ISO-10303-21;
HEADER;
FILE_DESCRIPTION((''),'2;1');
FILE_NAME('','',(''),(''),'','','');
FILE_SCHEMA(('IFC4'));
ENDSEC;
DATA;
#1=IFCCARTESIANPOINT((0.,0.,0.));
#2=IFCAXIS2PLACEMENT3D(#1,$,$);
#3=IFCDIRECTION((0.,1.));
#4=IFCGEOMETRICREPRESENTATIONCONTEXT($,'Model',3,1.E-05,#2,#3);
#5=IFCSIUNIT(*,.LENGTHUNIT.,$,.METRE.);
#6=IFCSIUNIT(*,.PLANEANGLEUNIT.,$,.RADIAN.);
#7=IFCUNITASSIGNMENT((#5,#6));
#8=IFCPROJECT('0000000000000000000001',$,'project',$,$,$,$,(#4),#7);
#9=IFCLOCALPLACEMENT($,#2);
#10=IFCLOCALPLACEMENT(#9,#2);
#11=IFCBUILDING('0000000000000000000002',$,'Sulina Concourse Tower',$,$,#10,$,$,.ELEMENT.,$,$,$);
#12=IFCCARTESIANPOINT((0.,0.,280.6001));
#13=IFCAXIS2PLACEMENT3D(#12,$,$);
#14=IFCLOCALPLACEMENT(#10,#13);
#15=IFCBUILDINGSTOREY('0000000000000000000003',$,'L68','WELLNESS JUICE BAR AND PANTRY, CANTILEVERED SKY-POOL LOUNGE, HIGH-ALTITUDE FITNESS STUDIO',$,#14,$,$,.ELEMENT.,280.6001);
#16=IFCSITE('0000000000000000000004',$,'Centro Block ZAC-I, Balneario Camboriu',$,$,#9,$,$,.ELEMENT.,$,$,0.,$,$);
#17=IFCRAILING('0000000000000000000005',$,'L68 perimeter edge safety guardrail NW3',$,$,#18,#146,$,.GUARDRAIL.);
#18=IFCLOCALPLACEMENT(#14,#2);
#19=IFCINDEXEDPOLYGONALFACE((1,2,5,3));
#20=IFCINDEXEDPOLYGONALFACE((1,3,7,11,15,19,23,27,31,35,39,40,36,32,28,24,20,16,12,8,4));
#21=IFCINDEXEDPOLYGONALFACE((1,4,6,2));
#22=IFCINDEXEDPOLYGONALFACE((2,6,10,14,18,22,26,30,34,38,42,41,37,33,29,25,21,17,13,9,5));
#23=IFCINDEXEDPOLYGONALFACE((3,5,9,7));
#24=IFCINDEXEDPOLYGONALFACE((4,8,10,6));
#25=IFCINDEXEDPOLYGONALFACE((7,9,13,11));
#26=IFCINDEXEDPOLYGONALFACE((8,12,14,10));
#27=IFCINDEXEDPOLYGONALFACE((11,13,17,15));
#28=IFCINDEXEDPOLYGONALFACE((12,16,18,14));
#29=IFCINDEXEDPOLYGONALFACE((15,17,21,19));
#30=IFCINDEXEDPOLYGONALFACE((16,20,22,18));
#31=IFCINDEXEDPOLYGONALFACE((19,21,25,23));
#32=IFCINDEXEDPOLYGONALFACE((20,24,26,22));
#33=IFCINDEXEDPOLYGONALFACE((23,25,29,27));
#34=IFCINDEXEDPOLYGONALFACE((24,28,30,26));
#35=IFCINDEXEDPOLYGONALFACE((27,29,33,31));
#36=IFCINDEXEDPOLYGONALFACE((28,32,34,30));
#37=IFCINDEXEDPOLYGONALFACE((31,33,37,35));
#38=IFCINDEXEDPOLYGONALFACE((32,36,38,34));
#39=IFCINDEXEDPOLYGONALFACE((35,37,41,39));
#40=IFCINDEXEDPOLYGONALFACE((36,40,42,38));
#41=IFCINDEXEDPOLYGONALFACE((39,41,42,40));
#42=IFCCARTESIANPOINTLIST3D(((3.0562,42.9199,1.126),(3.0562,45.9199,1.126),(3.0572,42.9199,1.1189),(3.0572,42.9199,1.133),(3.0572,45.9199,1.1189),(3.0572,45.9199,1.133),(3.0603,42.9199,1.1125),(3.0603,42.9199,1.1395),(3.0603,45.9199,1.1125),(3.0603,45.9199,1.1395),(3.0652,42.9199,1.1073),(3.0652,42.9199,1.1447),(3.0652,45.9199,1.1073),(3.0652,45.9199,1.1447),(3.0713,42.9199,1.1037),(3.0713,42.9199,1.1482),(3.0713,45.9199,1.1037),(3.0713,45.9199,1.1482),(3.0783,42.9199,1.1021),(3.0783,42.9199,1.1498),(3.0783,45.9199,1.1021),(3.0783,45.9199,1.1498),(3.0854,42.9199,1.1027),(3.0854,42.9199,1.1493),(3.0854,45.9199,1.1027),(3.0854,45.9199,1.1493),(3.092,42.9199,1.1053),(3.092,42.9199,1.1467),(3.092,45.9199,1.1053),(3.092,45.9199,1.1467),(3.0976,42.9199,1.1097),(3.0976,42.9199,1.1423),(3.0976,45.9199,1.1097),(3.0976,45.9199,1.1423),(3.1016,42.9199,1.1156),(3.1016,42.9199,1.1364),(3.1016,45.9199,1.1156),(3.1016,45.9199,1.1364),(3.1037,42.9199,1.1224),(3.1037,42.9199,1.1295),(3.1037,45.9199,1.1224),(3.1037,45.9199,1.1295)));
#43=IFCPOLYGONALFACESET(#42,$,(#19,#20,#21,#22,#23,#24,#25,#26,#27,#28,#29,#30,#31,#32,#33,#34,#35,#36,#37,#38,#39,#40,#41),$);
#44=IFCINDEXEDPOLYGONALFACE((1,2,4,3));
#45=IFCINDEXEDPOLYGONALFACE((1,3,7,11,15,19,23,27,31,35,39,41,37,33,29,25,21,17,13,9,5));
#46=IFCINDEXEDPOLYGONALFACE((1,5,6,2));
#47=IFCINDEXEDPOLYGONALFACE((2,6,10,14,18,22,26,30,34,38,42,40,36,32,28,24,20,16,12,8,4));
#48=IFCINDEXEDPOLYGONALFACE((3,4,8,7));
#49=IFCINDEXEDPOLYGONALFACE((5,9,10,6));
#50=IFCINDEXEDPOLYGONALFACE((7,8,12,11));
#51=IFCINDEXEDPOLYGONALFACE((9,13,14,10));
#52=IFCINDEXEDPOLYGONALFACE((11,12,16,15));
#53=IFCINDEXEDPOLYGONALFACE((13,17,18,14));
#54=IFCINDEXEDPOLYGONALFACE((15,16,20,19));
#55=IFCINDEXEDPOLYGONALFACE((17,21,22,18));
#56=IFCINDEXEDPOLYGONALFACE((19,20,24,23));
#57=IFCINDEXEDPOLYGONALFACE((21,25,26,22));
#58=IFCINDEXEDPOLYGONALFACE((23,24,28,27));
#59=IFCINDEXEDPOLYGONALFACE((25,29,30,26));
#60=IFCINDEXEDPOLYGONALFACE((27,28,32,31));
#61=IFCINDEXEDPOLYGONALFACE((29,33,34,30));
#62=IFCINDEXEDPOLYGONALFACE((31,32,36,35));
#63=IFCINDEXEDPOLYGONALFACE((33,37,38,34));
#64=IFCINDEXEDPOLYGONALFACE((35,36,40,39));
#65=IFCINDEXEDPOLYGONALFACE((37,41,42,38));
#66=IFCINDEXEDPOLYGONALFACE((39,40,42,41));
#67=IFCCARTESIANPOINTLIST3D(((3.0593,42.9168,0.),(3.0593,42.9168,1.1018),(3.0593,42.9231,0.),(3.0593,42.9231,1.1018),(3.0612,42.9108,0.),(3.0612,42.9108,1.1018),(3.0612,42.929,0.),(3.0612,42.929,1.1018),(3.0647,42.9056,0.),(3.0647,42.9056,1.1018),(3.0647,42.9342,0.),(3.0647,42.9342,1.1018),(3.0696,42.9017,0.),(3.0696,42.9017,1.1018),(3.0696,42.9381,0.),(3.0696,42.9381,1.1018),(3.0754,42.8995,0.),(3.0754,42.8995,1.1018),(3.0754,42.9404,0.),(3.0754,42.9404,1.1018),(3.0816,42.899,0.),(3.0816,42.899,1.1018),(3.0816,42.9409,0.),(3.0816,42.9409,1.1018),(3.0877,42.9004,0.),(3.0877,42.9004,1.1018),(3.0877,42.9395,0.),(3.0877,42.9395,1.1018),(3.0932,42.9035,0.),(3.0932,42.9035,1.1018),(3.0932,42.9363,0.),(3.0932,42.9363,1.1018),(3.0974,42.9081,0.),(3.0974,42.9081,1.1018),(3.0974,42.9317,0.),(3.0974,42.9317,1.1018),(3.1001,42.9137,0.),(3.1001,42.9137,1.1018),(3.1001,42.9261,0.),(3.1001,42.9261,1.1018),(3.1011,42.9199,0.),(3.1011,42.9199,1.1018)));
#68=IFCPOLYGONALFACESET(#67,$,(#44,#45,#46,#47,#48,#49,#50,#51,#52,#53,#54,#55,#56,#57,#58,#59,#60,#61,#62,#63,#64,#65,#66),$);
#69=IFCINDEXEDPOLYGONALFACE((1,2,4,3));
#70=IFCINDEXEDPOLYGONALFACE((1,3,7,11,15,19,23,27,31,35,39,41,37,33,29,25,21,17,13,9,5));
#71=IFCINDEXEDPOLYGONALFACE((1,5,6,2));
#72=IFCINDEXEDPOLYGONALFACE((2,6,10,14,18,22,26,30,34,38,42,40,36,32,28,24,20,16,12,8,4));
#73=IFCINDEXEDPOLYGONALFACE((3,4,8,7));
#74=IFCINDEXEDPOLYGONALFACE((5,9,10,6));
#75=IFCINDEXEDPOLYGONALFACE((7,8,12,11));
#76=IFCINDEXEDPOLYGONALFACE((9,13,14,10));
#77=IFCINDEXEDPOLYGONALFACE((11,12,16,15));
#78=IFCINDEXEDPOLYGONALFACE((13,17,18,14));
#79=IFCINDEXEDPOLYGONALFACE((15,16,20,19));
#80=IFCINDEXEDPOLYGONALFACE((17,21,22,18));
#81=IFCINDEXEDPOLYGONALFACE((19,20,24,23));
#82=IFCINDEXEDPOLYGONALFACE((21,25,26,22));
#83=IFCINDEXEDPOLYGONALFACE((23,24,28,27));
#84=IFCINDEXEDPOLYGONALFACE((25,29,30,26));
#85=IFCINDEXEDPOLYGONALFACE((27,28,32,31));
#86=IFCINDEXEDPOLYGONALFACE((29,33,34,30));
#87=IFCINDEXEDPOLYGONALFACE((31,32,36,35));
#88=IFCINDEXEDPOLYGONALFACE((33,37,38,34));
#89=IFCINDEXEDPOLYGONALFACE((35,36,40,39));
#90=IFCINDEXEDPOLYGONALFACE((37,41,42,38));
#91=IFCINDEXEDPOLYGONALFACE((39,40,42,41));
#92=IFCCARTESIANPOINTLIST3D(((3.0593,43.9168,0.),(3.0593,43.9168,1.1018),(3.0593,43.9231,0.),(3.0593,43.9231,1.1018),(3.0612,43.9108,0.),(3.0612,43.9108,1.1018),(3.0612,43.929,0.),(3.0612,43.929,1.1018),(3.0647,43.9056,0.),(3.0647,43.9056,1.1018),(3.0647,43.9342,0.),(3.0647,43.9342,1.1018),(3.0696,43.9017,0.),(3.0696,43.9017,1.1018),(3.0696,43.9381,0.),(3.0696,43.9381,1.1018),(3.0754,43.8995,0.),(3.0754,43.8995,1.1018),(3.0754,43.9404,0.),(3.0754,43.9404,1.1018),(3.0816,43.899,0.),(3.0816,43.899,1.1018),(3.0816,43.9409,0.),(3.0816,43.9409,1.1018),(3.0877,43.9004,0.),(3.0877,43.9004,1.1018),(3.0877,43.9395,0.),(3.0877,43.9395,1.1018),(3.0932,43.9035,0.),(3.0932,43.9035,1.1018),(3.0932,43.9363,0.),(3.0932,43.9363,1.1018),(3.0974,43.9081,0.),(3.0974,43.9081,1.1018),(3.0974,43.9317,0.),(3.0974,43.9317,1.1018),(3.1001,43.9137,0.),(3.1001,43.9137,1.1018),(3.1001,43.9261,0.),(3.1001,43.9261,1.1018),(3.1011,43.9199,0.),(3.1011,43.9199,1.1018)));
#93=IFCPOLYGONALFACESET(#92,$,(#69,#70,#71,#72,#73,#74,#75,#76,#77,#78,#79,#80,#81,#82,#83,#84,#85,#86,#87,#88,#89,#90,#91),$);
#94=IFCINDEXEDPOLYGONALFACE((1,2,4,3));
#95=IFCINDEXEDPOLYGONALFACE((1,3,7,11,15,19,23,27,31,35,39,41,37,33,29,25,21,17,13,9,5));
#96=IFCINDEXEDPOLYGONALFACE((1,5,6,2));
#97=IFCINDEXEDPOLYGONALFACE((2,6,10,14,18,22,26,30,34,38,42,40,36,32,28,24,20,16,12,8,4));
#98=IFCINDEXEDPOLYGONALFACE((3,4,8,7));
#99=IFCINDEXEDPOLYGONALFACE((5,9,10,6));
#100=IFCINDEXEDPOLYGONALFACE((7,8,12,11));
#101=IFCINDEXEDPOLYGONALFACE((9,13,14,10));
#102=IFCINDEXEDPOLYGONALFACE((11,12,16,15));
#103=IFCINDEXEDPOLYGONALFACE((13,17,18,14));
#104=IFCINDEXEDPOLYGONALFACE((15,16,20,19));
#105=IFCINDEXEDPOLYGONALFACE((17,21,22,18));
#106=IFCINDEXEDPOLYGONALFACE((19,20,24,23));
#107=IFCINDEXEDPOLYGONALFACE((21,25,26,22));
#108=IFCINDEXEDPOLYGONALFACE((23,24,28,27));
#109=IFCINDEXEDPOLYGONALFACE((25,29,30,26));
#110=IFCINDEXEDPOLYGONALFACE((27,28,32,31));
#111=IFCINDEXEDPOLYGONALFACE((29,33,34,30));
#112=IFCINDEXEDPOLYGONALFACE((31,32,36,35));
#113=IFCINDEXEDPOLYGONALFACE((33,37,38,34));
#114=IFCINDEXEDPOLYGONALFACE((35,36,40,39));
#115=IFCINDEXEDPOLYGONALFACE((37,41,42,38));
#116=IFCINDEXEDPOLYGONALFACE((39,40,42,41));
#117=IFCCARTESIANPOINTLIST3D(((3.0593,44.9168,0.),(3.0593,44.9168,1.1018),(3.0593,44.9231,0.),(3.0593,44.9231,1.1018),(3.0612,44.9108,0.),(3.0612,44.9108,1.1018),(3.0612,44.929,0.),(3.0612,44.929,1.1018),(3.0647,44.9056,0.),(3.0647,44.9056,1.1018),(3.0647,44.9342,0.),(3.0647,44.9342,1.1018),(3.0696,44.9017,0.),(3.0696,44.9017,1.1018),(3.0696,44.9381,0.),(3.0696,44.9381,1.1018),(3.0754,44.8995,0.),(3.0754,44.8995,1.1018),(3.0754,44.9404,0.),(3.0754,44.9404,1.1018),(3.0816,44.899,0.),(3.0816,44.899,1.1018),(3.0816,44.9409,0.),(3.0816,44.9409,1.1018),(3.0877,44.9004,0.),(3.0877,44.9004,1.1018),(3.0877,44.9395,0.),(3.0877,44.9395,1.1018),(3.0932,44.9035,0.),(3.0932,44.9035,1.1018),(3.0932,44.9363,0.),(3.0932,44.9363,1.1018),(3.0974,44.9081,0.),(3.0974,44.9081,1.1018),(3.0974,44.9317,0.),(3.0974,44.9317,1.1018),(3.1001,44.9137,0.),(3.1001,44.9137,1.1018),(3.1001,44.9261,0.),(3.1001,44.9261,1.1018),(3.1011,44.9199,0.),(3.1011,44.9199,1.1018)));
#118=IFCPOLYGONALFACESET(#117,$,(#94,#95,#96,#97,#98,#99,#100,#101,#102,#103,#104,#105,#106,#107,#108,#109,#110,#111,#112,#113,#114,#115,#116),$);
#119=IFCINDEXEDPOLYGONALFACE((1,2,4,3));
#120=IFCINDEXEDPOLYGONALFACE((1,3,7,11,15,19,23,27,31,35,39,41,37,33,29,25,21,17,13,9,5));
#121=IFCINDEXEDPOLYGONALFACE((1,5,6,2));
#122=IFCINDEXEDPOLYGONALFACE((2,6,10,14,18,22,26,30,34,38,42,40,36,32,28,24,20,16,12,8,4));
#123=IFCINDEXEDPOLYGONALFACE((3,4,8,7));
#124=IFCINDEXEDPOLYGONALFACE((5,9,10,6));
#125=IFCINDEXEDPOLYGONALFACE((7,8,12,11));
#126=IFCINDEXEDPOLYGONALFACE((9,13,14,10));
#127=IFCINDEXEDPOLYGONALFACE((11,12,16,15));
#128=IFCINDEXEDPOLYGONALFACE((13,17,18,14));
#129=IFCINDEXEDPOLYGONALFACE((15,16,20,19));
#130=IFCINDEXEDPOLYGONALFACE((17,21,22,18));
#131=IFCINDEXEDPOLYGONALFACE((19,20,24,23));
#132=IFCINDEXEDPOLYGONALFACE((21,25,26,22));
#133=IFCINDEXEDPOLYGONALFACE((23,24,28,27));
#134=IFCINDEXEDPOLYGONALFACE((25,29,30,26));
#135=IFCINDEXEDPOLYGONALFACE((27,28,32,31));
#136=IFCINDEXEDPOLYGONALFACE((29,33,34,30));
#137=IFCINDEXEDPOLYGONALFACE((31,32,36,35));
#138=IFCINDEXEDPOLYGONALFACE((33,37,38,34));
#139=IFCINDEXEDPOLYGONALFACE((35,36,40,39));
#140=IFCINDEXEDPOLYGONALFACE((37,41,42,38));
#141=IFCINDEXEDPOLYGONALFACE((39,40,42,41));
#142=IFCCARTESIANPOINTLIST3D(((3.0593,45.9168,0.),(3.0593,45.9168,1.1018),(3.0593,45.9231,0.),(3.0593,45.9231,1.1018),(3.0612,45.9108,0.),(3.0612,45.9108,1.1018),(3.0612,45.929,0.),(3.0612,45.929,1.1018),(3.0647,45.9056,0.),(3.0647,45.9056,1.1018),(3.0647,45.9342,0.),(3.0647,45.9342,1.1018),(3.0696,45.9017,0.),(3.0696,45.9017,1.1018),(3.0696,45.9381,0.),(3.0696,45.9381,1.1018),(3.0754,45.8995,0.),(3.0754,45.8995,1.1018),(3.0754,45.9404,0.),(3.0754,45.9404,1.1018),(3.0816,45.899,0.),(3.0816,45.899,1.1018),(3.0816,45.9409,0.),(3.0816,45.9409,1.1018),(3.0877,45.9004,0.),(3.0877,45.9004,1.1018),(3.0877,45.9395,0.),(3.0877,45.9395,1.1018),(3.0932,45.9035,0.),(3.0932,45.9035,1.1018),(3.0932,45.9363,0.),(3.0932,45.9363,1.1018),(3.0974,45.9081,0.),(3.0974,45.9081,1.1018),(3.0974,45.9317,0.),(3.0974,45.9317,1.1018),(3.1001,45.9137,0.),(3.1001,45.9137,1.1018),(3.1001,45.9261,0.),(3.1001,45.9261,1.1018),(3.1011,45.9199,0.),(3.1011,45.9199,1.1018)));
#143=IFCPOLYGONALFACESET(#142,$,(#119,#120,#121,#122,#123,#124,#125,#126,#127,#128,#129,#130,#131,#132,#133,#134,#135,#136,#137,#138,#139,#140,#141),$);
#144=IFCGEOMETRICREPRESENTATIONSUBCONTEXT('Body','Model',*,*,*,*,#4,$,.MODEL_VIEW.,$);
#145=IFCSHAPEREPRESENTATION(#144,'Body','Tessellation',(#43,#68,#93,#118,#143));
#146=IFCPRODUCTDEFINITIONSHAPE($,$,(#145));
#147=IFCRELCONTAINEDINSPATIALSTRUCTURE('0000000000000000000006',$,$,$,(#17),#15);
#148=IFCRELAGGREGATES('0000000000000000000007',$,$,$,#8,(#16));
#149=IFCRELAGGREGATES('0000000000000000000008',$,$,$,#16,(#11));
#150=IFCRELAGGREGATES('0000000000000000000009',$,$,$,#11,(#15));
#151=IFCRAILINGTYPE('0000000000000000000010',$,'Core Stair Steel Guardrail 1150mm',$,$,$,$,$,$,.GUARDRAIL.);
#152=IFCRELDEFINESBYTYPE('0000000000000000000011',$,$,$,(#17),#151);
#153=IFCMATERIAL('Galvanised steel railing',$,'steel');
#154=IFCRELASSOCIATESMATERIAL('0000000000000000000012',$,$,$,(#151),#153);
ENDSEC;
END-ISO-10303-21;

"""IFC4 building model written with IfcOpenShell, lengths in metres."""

from ifc_helpers import new_model, si_unit, direction, frame, origin, origin_2d, place, context, subcontext, project, spatial, circle, extrude, material, type_object, element, save


model = new_model("IFC4")

# Units and contexts
model_context = context("Model", 3, precision=1e-05, world=origin(), true_north=direction((0.0, 1.0)))
body_context = subcontext(model_context, "Body", "Model", "MODEL_VIEW")
ifc_project = project(units=[si_unit("LENGTHUNIT", "METRE"), si_unit("PLANEANGLEUNIT", "RADIAN")], contexts=[model_context])

# Site, building, storey
site_placement = place(None, origin())
site = spatial("IfcSite", under=ifc_project, at=site_placement, Name="Centro Block ZAC-I, Balneario Camboriu", CompositionType="ELEMENT", RefElevation=0.0)
building_placement = place(site_placement, origin())
building = spatial("IfcBuilding", under=site, at=building_placement, Name="Sulina Concourse Tower", CompositionType="ELEMENT")
storey_placement = place(building_placement, frame((0.0, 0.0, 280.6001)))
storey = spatial("IfcBuildingStorey", under=building, at=storey_placement, Name="L68", Description="WELLNESS JUICE BAR AND PANTRY, CANTILEVERED SKY-POOL LOUNGE, HIGH-ALTITUDE FITNESS STUDIO", CompositionType="ELEMENT", Elevation=280.6001)

# Railing
ifc_material_1 = material(Name="Galvanised steel railing", Category="steel")
railing_type_1 = type_object("IfcRailingType", Name="Core Stair Steel Guardrail 1150mm", PredefinedType="GUARDRAIL", material=ifc_material_1)
railing_1_placement = place(storey_placement, frame((3.0801, 42.9199, 0.0)))
element("IfcRailing", 1, at=railing_1_placement, inside=storey, type_object=railing_type_1, Name="L68 perimeter edge safety guardrail NW3", PredefinedType="GUARDRAIL", context=body_context, shape_type="SweptSolid", body=[
    extrude(circle(Radius=0.0239, at=origin_2d()), frame((0.0, 0.0, 1.126), z_axis=(0.0, 1.0, 0.0), x_axis=(-1.0, 0.0, 0.0)), (0.0, 0.0, 1.0), 3.0),
    extrude(circle(Radius=0.021, at=origin_2d()), origin(), (0.0, 0.0, 1.0), 1.1018),
    extrude(circle(Radius=0.021, at=origin_2d()), frame((0.0, 1.0, 0.0)), (0.0, 0.0, 1.0), 1.1018),
    extrude(circle(Radius=0.021, at=origin_2d()), frame((0.0, 2.0, 0.0)), (0.0, 0.0, 1.0), 1.1018),
    extrude(circle(Radius=0.021, at=origin_2d()), frame((0.0, 3.0, 0.0)), (0.0, 0.0, 1.0), 1.1018),
])

save(model, "model.ifc")
